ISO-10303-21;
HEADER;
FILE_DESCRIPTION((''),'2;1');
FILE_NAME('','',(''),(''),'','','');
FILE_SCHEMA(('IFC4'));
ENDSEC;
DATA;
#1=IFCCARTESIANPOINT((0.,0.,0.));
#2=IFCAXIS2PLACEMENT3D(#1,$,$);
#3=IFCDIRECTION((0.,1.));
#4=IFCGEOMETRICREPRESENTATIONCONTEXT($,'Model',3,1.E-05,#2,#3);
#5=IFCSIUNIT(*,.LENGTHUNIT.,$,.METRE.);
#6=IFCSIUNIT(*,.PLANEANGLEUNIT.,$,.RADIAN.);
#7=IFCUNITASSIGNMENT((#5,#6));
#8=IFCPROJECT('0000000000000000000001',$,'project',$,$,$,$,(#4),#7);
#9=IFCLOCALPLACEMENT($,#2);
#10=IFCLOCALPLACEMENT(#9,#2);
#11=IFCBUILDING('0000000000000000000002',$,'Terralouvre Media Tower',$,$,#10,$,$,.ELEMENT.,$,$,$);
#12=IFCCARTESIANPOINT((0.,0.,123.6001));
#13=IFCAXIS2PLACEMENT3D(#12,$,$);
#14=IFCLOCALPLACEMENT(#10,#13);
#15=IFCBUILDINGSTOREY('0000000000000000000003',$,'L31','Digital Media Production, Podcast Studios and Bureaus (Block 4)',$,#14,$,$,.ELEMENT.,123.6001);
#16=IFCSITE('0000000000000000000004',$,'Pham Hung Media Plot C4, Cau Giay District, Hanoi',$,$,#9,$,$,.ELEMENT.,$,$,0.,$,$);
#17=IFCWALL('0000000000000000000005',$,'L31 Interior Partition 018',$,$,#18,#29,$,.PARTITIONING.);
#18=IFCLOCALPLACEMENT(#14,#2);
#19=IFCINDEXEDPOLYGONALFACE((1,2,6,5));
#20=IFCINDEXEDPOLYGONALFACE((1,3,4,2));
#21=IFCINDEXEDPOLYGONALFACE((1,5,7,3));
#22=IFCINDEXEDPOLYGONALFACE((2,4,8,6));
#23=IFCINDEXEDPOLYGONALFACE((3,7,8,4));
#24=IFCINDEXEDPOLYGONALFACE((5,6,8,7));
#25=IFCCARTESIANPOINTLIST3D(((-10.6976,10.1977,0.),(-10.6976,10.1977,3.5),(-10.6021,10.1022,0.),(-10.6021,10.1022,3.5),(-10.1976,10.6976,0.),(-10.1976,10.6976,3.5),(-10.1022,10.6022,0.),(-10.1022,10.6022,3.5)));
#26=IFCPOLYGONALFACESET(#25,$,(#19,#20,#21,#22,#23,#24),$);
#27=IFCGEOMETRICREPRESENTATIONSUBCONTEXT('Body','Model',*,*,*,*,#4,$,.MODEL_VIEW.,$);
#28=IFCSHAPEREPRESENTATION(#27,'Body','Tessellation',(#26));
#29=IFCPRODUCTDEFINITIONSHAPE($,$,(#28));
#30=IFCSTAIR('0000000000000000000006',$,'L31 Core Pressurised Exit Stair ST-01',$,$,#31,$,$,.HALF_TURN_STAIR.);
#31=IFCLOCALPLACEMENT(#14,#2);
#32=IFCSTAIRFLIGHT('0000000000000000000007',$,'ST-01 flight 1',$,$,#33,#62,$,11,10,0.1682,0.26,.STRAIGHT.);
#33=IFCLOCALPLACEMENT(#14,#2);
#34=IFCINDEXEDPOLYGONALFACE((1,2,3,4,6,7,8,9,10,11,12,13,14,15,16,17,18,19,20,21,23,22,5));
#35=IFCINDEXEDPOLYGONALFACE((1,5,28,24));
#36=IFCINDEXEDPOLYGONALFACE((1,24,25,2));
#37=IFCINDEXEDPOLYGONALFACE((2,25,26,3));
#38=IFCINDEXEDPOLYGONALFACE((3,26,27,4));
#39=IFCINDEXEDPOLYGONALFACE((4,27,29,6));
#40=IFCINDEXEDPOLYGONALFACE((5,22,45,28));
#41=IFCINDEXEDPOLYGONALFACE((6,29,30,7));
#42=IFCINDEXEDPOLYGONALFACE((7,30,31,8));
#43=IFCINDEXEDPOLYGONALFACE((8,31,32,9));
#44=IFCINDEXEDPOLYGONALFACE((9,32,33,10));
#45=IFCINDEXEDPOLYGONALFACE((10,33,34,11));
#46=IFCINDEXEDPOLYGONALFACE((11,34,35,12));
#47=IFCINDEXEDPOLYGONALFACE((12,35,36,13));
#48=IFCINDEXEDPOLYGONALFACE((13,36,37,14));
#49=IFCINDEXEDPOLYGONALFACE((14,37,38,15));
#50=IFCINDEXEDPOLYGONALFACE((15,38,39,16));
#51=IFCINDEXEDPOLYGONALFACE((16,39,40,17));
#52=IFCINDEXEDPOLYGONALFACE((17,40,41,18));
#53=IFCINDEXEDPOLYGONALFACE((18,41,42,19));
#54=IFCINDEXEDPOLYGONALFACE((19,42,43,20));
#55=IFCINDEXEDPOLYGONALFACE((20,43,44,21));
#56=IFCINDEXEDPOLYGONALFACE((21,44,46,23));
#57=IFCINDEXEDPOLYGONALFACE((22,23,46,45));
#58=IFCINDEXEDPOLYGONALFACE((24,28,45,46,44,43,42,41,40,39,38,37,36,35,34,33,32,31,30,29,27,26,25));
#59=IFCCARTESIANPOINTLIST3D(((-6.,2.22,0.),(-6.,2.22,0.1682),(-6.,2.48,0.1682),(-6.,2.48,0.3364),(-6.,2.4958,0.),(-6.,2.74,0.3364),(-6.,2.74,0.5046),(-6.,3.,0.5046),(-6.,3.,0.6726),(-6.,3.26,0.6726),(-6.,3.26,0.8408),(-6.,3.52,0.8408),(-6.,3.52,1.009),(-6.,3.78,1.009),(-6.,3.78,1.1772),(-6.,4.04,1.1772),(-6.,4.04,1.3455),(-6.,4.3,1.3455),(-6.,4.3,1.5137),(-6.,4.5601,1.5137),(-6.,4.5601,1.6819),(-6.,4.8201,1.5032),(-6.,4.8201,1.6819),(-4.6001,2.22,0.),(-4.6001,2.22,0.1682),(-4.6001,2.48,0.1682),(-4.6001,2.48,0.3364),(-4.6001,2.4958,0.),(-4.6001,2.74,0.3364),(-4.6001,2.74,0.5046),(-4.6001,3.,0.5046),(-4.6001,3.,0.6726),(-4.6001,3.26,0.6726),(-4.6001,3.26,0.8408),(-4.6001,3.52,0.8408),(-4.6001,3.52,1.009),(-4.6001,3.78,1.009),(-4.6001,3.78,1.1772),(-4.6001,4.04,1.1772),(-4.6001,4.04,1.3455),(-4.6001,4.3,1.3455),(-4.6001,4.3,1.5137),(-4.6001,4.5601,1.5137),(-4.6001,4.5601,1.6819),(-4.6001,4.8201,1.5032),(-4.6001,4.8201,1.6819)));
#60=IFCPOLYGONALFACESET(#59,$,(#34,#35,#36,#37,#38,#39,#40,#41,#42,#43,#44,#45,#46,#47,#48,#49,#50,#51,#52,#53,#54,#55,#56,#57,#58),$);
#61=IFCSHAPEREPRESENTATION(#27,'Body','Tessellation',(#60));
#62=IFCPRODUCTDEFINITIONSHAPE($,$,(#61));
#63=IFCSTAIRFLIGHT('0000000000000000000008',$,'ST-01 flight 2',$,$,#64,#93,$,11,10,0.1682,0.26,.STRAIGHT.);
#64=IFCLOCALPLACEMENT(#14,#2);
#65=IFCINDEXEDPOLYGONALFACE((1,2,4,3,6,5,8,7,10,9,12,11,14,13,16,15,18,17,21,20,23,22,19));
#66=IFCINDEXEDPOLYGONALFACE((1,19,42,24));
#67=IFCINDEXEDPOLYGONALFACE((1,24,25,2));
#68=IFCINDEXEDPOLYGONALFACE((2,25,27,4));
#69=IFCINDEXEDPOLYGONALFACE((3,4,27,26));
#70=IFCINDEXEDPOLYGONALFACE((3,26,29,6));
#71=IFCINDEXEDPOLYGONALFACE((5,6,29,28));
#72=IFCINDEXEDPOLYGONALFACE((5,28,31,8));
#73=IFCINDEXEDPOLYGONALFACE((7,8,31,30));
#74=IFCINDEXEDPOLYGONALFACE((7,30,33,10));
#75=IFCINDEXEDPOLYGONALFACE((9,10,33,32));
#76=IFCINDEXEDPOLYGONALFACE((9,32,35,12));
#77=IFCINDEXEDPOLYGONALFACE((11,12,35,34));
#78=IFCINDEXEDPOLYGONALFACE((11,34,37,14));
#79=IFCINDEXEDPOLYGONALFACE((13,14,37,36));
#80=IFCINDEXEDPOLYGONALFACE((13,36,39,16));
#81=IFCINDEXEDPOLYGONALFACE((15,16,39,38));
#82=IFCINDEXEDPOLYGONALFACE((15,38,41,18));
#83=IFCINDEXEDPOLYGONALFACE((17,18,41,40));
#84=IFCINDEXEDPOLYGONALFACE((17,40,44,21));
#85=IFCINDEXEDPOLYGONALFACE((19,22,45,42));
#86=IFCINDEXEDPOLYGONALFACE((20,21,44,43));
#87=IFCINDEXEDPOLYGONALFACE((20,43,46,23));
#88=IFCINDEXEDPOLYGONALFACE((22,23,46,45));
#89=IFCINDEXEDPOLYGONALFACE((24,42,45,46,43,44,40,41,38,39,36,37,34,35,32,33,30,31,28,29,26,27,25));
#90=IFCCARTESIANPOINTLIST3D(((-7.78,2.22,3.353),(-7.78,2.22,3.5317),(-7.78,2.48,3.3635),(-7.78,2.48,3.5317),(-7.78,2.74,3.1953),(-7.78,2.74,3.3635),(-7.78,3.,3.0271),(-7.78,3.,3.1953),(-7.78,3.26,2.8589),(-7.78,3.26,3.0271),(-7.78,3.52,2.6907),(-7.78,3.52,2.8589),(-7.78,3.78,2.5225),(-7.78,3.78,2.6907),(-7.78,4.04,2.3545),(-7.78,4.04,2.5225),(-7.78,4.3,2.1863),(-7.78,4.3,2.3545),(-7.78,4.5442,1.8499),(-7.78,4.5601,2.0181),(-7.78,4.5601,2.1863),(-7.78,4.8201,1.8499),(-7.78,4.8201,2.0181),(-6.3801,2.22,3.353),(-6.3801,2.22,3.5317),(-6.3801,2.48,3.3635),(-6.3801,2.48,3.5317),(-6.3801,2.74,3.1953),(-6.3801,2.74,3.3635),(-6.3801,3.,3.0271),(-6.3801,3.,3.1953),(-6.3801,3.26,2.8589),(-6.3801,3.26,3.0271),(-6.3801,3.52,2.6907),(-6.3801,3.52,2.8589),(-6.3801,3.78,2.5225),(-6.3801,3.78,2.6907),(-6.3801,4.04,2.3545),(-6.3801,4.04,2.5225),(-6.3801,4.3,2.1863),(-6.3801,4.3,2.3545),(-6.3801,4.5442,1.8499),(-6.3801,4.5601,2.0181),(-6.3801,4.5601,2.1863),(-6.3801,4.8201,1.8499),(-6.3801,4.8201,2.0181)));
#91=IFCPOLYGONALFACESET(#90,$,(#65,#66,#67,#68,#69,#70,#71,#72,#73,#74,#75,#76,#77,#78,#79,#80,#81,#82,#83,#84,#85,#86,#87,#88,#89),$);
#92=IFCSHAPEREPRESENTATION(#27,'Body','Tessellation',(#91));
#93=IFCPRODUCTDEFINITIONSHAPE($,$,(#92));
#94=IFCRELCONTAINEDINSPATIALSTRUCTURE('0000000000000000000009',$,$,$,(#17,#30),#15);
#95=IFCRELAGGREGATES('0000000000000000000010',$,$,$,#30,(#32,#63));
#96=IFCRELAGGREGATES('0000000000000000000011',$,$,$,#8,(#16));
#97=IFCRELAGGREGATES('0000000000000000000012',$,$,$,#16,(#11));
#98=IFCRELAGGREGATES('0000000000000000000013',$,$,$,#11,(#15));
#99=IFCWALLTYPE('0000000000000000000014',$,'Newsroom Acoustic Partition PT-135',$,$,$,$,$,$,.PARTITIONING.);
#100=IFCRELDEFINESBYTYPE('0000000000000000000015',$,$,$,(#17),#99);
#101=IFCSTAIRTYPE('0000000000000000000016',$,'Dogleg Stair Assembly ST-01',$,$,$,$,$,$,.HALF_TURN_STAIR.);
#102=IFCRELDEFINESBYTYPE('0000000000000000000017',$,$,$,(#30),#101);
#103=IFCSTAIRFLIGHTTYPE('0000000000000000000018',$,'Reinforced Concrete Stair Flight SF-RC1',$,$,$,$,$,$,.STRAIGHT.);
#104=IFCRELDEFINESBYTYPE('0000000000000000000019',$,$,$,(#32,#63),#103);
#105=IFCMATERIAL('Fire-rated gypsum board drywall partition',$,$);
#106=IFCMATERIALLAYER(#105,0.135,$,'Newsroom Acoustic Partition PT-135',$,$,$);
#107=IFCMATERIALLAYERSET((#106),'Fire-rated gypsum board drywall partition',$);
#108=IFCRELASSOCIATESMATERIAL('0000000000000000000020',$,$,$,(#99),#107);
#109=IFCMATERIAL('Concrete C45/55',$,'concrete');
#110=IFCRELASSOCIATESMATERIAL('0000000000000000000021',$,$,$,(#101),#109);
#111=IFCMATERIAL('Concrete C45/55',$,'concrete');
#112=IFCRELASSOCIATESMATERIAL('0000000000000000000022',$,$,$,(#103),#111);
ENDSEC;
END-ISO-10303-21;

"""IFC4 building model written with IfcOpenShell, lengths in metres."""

from ifc_helpers import new_model, si_unit, direction, frame, frame_2d, origin, place, context, subcontext, project, spatial, polyline, rectangle, outline, extrude, material, layer, layer_set, type_object, element, aggregate, save


model = new_model("IFC4")

# Units and contexts
model_context = context("Model", 3, precision=1e-05, world=origin(), true_north=direction((0.0, 1.0)))
body_context = subcontext(model_context, "Body", "Model", "MODEL_VIEW")
ifc_project = project(units=[si_unit("LENGTHUNIT", "METRE"), si_unit("PLANEANGLEUNIT", "RADIAN")], contexts=[model_context])

# Site, building, storey
site_placement = place(None, origin())
site = spatial("IfcSite", under=ifc_project, at=site_placement, Name="Pham Hung Media Plot C4, Cau Giay District, Hanoi", CompositionType="ELEMENT", RefElevation=0.0)
building_placement = place(site_placement, origin())
building = spatial("IfcBuilding", under=site, at=building_placement, Name="Terralouvre Media Tower", CompositionType="ELEMENT")
storey_placement = place(building_placement, frame((0.0, 0.0, 123.6001)))
storey = spatial("IfcBuildingStorey", under=building, at=storey_placement, Name="L31", Description="Digital Media Production, Podcast Studios and Bureaus (Block 4)", CompositionType="ELEMENT", Elevation=123.6001)

# Wall
ifc_material_1 = material(Name="Fire-rated gypsum board drywall partition")
ifc_layer_1 = layer(ifc_material_1, 0.135, Name="Newsroom Acoustic Partition PT-135")
ifc_layer_set_1 = layer_set([ifc_layer_1], Name="Fire-rated gypsum board drywall partition")
wall_type_1 = type_object("IfcWallType", Name="Newsroom Acoustic Partition PT-135", PredefinedType="PARTITIONING", material=ifc_layer_set_1)
wall_1_placement = place(storey_placement, frame((-10.1499, 10.6499, 0.0), z_axis=(0.0, 0.0, 1.0), x_axis=(-0.707107, -0.707107, 0.0)))
element("IfcWall", 1, at=wall_1_placement, inside=storey, type_object=wall_type_1, Name="L31 Interior Partition 018", PredefinedType="PARTITIONING", context=body_context, shape_type="SweptSolid", body=[
    extrude(rectangle(XDim=0.707, YDim=0.135, at=frame_2d((0.3535, 0.0))), origin(), (0.0, 0.0, 1.0), 3.5),
])

# Stair, stair flights
ifc_material_2 = material(Name="Concrete C45/55", Category="concrete")
stair_type = type_object("IfcStairType", Name="Dogleg Stair Assembly ST-01", PredefinedType="HALF_TURN_STAIR", material=ifc_material_2)
stair_placement = place(storey_placement, origin())
stair = element("IfcStair", 2, at=stair_placement, inside=storey, type_object=stair_type, Name="L31 Core Pressurised Exit Stair ST-01", PredefinedType="HALF_TURN_STAIR")
ifc_material_3 = material(Name="Concrete C45/55", Category="concrete")
stair_flight_type = type_object("IfcStairFlightType", Name="Reinforced Concrete Stair Flight SF-RC1", PredefinedType="STRAIGHT", material=ifc_material_3)
stair_flight_1_placement = place(storey_placement, frame((-5.3, 2.22, 0.0), z_axis=(0.0, 0.0, 1.0), x_axis=(0.0, 1.0, 0.0)))
stair_flight_1 = element("IfcStairFlight", 3, at=stair_flight_1_placement, type_object=stair_flight_type, Name="ST-01 flight 1", NumberOfRisers=11, NumberOfTreads=10, PredefinedType="STRAIGHT", RiserHeight=0.1682, TreadLength=0.26, context=body_context, shape_type="SweptSolid", body=[
    extrude(outline(polyline([(0.0, 0.0), (0.0, 0.1682), (0.26, 0.1682), (0.26, 0.3364), (0.52, 0.3364), (0.52, 0.5046), (0.78, 0.5046), (0.78, 0.6726), (1.04, 0.6726), (1.04, 0.8408), (1.3, 0.8408), (1.3, 1.009), (1.5601, 1.009), (1.5601, 1.1772), (1.8201, 1.1772), (1.8201, 1.3455), (2.0801, 1.3455), (2.0801, 1.5137), (2.3401, 1.5137), (2.3401, 1.6819), (2.6001, 1.6819), (2.6001, 1.8501), (2.6001, 1.5032), (0.2759, 0.0), (0.0, 0.0)])), frame((0.0, 0.7, 0.0), z_axis=(0.0, -1.0, 0.0), x_axis=(1.0, 0.0, 0.0)), (0.0, 0.0, 1.0), 1.3999),
])
stair_flight_2_placement = place(storey_placement, frame((-7.0801, 4.8201, 1.8499), z_axis=(0.0, 0.0, 1.0), x_axis=(0.0, -1.0, 0.0)))
stair_flight_2 = element("IfcStairFlight", 4, at=stair_flight_2_placement, type_object=stair_flight_type, Name="ST-01 flight 2", NumberOfRisers=11, NumberOfTreads=10, PredefinedType="STRAIGHT", RiserHeight=0.1682, TreadLength=0.26, context=body_context, shape_type="SweptSolid", body=[
    extrude(outline(polyline([(0.0, 0.0), (0.0, 0.1682), (0.26, 0.1682), (0.26, 0.3364), (0.52, 0.3364), (0.52, 0.5046), (0.78, 0.5046), (0.78, 0.6726), (1.04, 0.6726), (1.04, 0.8408), (1.3, 0.8408), (1.3, 1.009), (1.5601, 1.009), (1.5601, 1.1772), (1.8201, 1.1772), (1.8201, 1.3455), (2.0801, 1.3455), (2.0801, 1.5137), (2.3401, 1.5137), (2.3401, 1.6819), (2.6001, 1.6819), (2.6001, 1.8501), (2.6001, 1.5032), (0.2759, 0.0), (0.0, 0.0)])), frame((0.0, 0.7, 0.0), z_axis=(0.0, -1.0, 0.0), x_axis=(1.0, 0.0, 0.0)), (0.0, 0.0, 1.0), 1.3999),
])
aggregate(stair, [stair_flight_1, stair_flight_2])

save(model, "model.ifc")
